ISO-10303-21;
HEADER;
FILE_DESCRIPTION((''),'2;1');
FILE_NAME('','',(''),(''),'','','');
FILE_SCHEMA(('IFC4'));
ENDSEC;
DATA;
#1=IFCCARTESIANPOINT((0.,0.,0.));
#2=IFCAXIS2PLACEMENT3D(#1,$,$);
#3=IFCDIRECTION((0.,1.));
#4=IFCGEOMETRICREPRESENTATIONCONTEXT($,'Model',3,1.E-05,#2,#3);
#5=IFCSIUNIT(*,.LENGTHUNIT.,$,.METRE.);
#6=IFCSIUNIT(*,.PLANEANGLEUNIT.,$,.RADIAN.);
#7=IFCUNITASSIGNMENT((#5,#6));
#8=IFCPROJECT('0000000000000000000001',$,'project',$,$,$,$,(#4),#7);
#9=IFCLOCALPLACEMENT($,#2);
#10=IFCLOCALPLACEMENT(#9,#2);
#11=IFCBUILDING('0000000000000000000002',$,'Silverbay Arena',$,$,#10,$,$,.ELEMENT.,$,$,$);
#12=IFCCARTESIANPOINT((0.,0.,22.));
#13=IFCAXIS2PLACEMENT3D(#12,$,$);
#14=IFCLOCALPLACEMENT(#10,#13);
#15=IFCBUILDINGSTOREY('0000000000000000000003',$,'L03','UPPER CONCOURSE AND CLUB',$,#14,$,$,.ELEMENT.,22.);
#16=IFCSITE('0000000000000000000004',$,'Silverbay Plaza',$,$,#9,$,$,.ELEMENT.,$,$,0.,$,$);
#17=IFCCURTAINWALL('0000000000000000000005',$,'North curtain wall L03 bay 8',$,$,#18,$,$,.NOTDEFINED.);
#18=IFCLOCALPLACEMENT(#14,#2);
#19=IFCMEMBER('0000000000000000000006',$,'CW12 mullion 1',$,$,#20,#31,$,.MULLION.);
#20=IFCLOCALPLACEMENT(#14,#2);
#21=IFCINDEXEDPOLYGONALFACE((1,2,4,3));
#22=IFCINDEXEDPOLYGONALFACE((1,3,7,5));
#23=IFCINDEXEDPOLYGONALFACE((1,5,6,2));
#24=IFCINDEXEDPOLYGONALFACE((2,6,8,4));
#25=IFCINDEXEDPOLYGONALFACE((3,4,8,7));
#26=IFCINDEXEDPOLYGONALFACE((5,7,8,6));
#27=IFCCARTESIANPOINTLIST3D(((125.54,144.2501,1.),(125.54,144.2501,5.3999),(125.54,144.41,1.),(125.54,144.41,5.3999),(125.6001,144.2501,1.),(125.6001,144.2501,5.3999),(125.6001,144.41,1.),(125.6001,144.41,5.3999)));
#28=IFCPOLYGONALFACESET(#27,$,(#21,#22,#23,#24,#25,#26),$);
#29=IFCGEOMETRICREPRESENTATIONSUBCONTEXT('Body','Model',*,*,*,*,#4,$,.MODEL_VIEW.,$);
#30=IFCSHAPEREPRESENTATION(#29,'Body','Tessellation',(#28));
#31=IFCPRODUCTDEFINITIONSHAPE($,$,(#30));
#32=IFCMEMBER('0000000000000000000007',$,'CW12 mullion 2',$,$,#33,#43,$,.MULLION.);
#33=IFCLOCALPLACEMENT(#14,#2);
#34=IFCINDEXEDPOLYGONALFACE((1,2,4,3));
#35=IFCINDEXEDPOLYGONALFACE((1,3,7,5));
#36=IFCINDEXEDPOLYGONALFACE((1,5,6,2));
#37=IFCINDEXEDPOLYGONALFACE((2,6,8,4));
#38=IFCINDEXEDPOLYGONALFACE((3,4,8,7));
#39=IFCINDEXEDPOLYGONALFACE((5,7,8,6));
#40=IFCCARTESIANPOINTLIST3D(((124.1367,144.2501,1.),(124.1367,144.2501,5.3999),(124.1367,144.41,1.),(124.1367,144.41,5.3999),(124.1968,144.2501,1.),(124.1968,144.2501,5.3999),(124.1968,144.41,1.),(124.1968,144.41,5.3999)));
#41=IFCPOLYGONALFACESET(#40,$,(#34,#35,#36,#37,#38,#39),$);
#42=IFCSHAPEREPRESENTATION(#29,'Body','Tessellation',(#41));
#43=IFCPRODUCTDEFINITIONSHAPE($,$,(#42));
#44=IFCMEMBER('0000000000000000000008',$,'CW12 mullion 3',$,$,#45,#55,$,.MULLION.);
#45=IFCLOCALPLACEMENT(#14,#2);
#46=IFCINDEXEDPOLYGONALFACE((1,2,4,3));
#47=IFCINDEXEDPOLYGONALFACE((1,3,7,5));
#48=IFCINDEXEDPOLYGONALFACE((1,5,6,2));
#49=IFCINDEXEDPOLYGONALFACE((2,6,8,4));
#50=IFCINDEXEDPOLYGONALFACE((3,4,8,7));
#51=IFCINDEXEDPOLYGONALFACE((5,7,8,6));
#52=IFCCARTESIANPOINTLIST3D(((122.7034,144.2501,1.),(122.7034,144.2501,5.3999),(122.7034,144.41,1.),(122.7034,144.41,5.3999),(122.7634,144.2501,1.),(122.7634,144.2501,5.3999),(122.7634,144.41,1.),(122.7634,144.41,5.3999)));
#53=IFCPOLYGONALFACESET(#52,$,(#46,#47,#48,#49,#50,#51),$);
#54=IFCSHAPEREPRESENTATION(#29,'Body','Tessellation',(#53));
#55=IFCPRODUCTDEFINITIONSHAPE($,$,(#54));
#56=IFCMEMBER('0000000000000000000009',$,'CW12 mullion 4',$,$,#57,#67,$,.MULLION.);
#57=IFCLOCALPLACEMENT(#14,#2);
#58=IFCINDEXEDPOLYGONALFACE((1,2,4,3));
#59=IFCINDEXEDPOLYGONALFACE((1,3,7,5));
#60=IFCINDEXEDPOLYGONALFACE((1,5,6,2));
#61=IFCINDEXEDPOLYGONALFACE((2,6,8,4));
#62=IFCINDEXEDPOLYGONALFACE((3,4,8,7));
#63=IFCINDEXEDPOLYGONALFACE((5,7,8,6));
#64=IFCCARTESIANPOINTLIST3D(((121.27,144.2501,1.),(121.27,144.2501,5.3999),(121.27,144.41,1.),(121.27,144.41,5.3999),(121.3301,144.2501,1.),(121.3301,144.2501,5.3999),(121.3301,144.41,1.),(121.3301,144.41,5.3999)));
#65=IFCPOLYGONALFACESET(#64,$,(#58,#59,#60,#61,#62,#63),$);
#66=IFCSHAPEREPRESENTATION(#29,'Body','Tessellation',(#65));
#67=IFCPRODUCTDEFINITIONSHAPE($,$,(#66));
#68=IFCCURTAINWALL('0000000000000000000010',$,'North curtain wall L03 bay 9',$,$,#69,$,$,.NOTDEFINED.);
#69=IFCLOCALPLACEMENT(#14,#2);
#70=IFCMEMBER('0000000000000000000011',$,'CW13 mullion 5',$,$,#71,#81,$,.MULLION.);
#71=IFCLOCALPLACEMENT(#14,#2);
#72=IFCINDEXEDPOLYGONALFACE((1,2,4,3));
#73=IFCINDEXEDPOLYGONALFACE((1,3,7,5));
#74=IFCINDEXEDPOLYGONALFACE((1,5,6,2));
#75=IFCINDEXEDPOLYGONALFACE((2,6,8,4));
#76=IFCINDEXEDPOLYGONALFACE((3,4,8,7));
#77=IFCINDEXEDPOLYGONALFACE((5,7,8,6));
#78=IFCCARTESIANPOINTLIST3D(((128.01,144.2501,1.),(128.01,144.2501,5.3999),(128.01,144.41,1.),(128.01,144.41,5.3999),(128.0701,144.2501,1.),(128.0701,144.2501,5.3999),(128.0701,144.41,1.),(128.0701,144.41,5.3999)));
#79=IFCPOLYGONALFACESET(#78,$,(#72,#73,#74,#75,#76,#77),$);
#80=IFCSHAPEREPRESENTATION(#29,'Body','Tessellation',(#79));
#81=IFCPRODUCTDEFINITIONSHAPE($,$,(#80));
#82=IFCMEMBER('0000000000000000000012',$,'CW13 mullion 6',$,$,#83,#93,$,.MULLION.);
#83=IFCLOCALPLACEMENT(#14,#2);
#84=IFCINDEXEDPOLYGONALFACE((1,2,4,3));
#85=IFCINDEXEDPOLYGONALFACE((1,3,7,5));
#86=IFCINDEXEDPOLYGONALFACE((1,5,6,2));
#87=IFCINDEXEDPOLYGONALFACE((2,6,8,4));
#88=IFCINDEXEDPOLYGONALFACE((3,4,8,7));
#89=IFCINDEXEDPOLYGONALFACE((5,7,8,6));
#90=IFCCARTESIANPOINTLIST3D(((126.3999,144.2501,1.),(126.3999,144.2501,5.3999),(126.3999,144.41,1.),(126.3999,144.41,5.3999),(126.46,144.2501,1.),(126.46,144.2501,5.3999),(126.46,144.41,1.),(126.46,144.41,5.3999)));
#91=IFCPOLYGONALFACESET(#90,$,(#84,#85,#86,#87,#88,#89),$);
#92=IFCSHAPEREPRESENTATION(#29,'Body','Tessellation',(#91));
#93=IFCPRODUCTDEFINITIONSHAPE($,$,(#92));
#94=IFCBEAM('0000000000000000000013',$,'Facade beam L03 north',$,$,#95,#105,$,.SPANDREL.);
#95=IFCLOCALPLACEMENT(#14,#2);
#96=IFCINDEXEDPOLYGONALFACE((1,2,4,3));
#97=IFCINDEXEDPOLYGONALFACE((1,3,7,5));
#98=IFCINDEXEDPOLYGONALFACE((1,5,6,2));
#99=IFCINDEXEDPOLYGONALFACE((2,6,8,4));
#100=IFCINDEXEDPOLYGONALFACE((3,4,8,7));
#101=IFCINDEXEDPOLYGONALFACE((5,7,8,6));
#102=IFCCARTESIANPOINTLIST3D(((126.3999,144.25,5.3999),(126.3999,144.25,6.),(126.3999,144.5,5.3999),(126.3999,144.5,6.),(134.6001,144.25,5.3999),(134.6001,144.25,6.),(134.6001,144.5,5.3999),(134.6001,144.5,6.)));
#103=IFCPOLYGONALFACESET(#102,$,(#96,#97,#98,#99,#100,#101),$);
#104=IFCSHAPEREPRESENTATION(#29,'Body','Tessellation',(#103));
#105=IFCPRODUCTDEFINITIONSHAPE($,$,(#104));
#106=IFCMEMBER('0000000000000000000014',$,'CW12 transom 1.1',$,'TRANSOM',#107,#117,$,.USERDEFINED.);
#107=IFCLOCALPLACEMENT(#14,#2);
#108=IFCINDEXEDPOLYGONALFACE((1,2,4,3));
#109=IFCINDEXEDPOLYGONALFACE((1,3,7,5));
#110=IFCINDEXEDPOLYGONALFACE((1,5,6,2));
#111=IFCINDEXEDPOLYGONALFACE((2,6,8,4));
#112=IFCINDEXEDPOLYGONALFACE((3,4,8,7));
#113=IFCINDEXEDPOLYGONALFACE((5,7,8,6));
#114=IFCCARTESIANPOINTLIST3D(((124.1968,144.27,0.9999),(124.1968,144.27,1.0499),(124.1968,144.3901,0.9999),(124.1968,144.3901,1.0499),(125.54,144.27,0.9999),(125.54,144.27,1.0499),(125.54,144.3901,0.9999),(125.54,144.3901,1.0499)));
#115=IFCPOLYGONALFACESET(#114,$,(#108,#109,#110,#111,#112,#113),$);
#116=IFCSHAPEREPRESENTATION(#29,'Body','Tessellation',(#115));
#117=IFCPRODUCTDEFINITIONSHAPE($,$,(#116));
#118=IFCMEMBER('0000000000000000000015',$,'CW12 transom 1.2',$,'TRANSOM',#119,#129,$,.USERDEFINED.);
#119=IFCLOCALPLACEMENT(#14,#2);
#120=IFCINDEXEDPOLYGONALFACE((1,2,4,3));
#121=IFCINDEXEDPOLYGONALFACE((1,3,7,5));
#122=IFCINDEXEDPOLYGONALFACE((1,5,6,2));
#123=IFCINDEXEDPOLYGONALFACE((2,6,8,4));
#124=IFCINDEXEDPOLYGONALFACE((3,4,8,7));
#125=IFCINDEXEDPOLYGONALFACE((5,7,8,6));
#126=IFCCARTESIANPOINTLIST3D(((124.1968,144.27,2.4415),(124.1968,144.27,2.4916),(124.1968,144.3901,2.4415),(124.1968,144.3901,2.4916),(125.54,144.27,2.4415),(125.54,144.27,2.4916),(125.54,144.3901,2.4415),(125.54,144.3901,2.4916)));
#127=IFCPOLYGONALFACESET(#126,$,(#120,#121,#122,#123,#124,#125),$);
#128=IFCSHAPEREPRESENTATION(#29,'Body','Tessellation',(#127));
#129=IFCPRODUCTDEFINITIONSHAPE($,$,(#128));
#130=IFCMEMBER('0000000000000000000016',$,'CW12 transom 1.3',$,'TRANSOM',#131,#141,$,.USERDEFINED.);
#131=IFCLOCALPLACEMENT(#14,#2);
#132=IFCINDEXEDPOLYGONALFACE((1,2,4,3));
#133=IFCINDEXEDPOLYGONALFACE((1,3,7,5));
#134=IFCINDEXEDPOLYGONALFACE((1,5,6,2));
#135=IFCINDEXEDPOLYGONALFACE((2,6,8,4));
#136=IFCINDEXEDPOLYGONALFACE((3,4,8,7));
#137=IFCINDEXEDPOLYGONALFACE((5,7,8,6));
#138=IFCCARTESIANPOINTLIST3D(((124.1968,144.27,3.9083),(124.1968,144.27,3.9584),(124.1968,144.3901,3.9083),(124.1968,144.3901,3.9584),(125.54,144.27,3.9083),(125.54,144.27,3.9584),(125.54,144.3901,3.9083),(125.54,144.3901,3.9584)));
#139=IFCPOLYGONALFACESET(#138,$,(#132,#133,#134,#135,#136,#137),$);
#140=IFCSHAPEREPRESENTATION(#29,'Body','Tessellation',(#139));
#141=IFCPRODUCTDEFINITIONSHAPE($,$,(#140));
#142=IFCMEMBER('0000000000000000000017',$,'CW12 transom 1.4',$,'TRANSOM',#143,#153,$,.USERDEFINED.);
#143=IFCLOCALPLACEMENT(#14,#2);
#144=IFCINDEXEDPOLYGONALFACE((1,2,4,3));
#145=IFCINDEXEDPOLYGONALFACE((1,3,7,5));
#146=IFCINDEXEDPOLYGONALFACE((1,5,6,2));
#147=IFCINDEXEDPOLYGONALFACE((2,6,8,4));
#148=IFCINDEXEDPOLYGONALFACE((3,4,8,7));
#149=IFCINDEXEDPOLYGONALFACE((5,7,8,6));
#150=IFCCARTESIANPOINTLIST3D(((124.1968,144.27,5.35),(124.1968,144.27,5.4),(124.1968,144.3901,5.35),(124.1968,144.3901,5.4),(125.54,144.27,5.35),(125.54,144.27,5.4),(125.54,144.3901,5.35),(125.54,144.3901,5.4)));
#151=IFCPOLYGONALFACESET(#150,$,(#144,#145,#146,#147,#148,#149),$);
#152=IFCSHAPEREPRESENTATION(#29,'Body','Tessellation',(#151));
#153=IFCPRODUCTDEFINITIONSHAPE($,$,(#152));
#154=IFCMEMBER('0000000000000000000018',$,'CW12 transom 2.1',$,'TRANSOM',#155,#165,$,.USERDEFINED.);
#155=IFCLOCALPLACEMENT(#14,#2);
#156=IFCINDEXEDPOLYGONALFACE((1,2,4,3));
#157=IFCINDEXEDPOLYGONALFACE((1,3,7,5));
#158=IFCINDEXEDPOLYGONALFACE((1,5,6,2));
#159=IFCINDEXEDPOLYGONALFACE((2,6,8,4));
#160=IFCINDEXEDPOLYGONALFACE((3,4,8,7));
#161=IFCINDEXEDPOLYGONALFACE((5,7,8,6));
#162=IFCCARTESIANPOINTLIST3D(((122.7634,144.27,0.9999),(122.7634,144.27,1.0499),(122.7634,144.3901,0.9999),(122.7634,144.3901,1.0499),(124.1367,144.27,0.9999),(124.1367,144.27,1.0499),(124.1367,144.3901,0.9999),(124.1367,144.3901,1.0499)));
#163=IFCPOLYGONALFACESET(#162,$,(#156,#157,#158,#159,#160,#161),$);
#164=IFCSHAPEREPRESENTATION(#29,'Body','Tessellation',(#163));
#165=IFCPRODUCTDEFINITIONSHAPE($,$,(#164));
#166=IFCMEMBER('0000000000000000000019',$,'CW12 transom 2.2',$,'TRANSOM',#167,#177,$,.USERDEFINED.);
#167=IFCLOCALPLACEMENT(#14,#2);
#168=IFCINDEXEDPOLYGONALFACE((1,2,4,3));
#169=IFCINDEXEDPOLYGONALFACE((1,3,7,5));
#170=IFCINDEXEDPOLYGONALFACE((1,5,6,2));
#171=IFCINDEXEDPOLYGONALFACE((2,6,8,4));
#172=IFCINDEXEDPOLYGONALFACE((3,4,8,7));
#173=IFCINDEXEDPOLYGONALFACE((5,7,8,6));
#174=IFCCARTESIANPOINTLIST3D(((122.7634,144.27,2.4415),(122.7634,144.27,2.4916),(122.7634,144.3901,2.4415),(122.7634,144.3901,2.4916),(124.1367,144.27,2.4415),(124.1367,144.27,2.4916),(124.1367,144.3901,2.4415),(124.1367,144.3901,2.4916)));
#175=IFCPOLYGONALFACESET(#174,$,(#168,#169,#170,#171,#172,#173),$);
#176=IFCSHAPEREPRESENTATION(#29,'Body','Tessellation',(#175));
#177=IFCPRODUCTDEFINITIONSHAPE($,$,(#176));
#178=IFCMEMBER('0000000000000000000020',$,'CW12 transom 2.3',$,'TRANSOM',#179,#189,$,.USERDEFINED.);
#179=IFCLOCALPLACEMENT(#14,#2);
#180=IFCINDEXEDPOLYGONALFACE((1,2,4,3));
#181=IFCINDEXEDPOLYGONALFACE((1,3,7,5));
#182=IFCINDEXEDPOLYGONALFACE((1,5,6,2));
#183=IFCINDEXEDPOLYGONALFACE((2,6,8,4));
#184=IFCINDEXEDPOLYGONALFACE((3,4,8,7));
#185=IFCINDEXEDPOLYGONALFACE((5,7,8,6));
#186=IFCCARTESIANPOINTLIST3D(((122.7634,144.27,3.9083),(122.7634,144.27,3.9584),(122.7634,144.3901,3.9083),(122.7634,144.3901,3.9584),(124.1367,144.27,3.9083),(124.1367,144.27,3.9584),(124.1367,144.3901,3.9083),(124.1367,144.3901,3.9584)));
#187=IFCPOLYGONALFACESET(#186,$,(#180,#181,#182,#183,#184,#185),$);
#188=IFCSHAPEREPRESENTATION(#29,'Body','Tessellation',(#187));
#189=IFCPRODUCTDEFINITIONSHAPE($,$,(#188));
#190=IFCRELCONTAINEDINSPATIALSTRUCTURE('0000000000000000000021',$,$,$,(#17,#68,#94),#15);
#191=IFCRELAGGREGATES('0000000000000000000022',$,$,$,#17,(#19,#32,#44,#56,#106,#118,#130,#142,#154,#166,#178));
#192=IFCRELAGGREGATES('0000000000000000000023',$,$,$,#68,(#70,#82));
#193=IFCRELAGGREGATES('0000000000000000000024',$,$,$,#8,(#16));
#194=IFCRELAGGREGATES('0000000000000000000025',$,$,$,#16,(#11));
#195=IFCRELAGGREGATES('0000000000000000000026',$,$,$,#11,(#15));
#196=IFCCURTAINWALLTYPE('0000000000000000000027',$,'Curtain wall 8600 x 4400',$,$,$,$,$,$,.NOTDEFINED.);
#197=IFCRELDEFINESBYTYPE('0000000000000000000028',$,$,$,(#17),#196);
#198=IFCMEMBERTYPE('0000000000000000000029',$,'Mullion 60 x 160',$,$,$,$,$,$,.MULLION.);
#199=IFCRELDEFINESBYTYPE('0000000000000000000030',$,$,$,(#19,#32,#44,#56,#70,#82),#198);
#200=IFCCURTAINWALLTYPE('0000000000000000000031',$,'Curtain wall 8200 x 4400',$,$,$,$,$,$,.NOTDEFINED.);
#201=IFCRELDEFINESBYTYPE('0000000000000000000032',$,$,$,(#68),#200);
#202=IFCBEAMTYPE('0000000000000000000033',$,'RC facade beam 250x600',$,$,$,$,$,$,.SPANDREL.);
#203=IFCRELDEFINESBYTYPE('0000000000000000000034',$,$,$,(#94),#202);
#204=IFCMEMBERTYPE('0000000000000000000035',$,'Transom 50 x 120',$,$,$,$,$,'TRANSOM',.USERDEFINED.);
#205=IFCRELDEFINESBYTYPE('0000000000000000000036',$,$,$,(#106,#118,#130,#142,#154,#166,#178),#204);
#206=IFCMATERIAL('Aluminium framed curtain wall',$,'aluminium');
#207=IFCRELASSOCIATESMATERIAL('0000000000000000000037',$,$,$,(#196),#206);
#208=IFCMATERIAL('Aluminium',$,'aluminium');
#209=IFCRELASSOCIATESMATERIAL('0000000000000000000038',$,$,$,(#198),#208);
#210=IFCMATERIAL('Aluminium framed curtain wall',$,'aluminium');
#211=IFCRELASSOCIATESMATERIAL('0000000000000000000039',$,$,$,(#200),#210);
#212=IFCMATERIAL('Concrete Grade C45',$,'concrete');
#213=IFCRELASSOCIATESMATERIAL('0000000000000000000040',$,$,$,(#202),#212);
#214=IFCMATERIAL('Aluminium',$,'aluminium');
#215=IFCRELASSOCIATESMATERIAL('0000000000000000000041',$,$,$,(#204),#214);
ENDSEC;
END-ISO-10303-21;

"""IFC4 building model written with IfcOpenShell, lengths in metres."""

from ifc_helpers import new_model, si_unit, direction, frame, origin, origin_2d, place, context, subcontext, project, spatial, rectangle, extrude, material, material_profile, profile_set, type_object, element, aggregate, save


model = new_model("IFC4")

# Units and contexts
model_context = context("Model", 3, precision=1e-05, world=origin(), true_north=direction((0.0, 1.0)))
body_context = subcontext(model_context, "Body", "Model", "MODEL_VIEW")
ifc_project = project(units=[si_unit("LENGTHUNIT", "METRE"), si_unit("PLANEANGLEUNIT", "RADIAN")], contexts=[model_context])

# Site, building, storey
site_placement = place(None, origin())
site = spatial("IfcSite", under=ifc_project, at=site_placement, Name="Silverbay Plaza", CompositionType="ELEMENT", RefElevation=0.0)
building_placement = place(site_placement, origin())
building = spatial("IfcBuilding", under=site, at=building_placement, Name="Silverbay Arena", CompositionType="ELEMENT")
storey_placement = place(building_placement, frame((0.0, 0.0, 22.0)))
storey = spatial("IfcBuildingStorey", under=building, at=storey_placement, Name="L03", Description="UPPER CONCOURSE AND CLUB", CompositionType="ELEMENT", Elevation=22.0)

# Curtain walls, members
ifc_material_1 = material(Name="Aluminium framed curtain wall", Category="aluminium")
curtain_wall_type_1 = type_object("IfcCurtainWallType", Name="Curtain wall 8600 x 4400", PredefinedType="NOTDEFINED", material=ifc_material_1)
curtain_wall_1_placement = place(storey_placement, origin())
curtain_wall_1 = element("IfcCurtainWall", 1, at=curtain_wall_1_placement, inside=storey, type_object=curtain_wall_type_1, Name="North curtain wall L03 bay 8", PredefinedType="NOTDEFINED")
ifc_material_2 = material(Name="Aluminium", Category="aluminium")
ifc_material_profile_1 = material_profile(ifc_material_2, rectangle(XDim=0.1599, YDim=0.0601, at=origin_2d()), Name="Mullion 60 x 160")
ifc_profile_set_1 = profile_set([ifc_material_profile_1], Name="Aluminium")
member_type_1 = type_object("IfcMemberType", Name="Mullion 60 x 160", PredefinedType="MULLION", material=ifc_profile_set_1)
member_1_placement = place(storey_placement, frame((125.5701, 144.3301, 1.0), z_axis=(0.0, 0.0, 1.0), x_axis=(0.0, -1.0, 0.0)))
member_1 = element("IfcMember", 2, at=member_1_placement, type_object=member_type_1, Name="CW12 mullion 1", PredefinedType="MULLION", context=body_context, shape_type="SweptSolid", body=[
    extrude(rectangle(XDim=0.1599, YDim=0.0601, at=origin_2d()), origin(), (0.0, 0.0, 1.0), 4.3999),
])
member_2_placement = place(storey_placement, frame((124.1667, 144.3301, 1.0), z_axis=(0.0, 0.0, 1.0), x_axis=(0.0, -1.0, 0.0)))
member_2 = element("IfcMember", 3, at=member_2_placement, type_object=member_type_1, Name="CW12 mullion 2", PredefinedType="MULLION", context=body_context, shape_type="SweptSolid", body=[
    extrude(rectangle(XDim=0.1599, YDim=0.0601, at=origin_2d()), origin(), (0.0, 0.0, 1.0), 4.3999),
])
member_3_placement = place(storey_placement, frame((122.7334, 144.3301, 1.0), z_axis=(0.0, 0.0, 1.0), x_axis=(0.0, -1.0, 0.0)))
member_3 = element("IfcMember", 4, at=member_3_placement, type_object=member_type_1, Name="CW12 mullion 3", PredefinedType="MULLION", context=body_context, shape_type="SweptSolid", body=[
    extrude(rectangle(XDim=0.1599, YDim=0.0601, at=origin_2d()), origin(), (0.0, 0.0, 1.0), 4.3999),
])
member_4_placement = place(storey_placement, frame((121.3, 144.3301, 1.0), z_axis=(0.0, 0.0, 1.0), x_axis=(0.0, -1.0, 0.0)))
member_4 = element("IfcMember", 5, at=member_4_placement, type_object=member_type_1, Name="CW12 mullion 4", PredefinedType="MULLION", context=body_context, shape_type="SweptSolid", body=[
    extrude(rectangle(XDim=0.1599, YDim=0.0601, at=origin_2d()), origin(), (0.0, 0.0, 1.0), 4.3999),
])
ifc_material_3 = material(Name="Aluminium framed curtain wall", Category="aluminium")
curtain_wall_type_2 = type_object("IfcCurtainWallType", Name="Curtain wall 8200 x 4400", PredefinedType="NOTDEFINED", material=ifc_material_3)
curtain_wall_2_placement = place(storey_placement, origin())
curtain_wall_2 = element("IfcCurtainWall", 6, at=curtain_wall_2_placement, inside=storey, type_object=curtain_wall_type_2, Name="North curtain wall L03 bay 9", PredefinedType="NOTDEFINED")
member_5_placement = place(storey_placement, frame((128.04, 144.3301, 1.0), z_axis=(0.0, 0.0, 1.0), x_axis=(0.0, -1.0, 0.0)))
member_5 = element("IfcMember", 7, at=member_5_placement, type_object=member_type_1, Name="CW13 mullion 5", PredefinedType="MULLION", context=body_context, shape_type="SweptSolid", body=[
    extrude(rectangle(XDim=0.1599, YDim=0.0601, at=origin_2d()), origin(), (0.0, 0.0, 1.0), 4.3999),
])
member_6_placement = place(storey_placement, frame((126.4299, 144.3301, 1.0), z_axis=(0.0, 0.0, 1.0), x_axis=(0.0, -1.0, 0.0)))
member_6 = element("IfcMember", 8, at=member_6_placement, type_object=member_type_1, Name="CW13 mullion 6", PredefinedType="MULLION", context=body_context, shape_type="SweptSolid", body=[
    extrude(rectangle(XDim=0.1599, YDim=0.0601, at=origin_2d()), origin(), (0.0, 0.0, 1.0), 4.3999),
])

# Beam
ifc_material_4 = material(Name="Concrete Grade C45", Category="concrete")
ifc_material_profile_2 = material_profile(ifc_material_4, rectangle(XDim=0.25, YDim=0.6001, at=origin_2d()), Name="RC 250x600")
ifc_profile_set_2 = profile_set([ifc_material_profile_2], Name="Concrete Grade C45")
beam_type = type_object("IfcBeamType", Name="RC facade beam 250x600", PredefinedType="SPANDREL", material=ifc_profile_set_2)
beam_placement = place(storey_placement, frame((126.3999, 144.375, 5.7), z_axis=(1.0, 0.0, 0.0), x_axis=(0.0, 1.0, 0.0)))
element("IfcBeam", 9, at=beam_placement, inside=storey, type_object=beam_type, Name="Facade beam L03 north", PredefinedType="SPANDREL", context=body_context, shape_type="SweptSolid", body=[
    extrude(rectangle(XDim=0.25, YDim=0.6001, at=origin_2d()), origin(), (0.0, 0.0, 1.0), 8.2002),
])

# Members
ifc_material_5 = material(Name="Aluminium", Category="aluminium")
ifc_material_profile_3 = material_profile(ifc_material_5, rectangle(XDim=0.1201, YDim=0.05, at=origin_2d()), Name="Transom 50 x 120")
ifc_profile_set_3 = profile_set([ifc_material_profile_3], Name="Aluminium")
member_type_2 = type_object("IfcMemberType", Name="Transom 50 x 120", ElementType="TRANSOM", PredefinedType="USERDEFINED", material=ifc_profile_set_3)
member_7_placement = place(storey_placement, frame((125.54, 144.3301, 1.0249), z_axis=(-1.0, 0.0, 0.0), x_axis=(0.0, -1.0, 0.0)))
member_7 = element("IfcMember", 10, at=member_7_placement, type_object=member_type_2, Name="CW12 transom 1.1", ObjectType="TRANSOM", PredefinedType="USERDEFINED", context=body_context, shape_type="SweptSolid", body=[
    extrude(rectangle(XDim=0.1201, YDim=0.05, at=origin_2d()), origin(), (0.0, 0.0, 1.0), 1.3433),
])
member_8_placement = place(storey_placement, frame((125.54, 144.3301, 2.4666), z_axis=(-1.0, 0.0, 0.0), x_axis=(0.0, -1.0, 0.0)))
member_8 = element("IfcMember", 11, at=member_8_placement, type_object=member_type_2, Name="CW12 transom 1.2", ObjectType="TRANSOM", PredefinedType="USERDEFINED", context=body_context, shape_type="SweptSolid", body=[
    extrude(rectangle(XDim=0.1201, YDim=0.05, at=origin_2d()), origin(), (0.0, 0.0, 1.0), 1.3433),
])
member_9_placement = place(storey_placement, frame((125.54, 144.3301, 3.9333), z_axis=(-1.0, 0.0, 0.0), x_axis=(0.0, -1.0, 0.0)))
member_9 = element("IfcMember", 12, at=member_9_placement, type_object=member_type_2, Name="CW12 transom 1.3", ObjectType="TRANSOM", PredefinedType="USERDEFINED", context=body_context, shape_type="SweptSolid", body=[
    extrude(rectangle(XDim=0.1201, YDim=0.05, at=origin_2d()), origin(), (0.0, 0.0, 1.0), 1.3433),
])
member_10_placement = place(storey_placement, frame((125.54, 144.3301, 5.375), z_axis=(-1.0, 0.0, 0.0), x_axis=(0.0, -1.0, 0.0)))
member_10 = element("IfcMember", 13, at=member_10_placement, type_object=member_type_2, Name="CW12 transom 1.4", ObjectType="TRANSOM", PredefinedType="USERDEFINED", context=body_context, shape_type="SweptSolid", body=[
    extrude(rectangle(XDim=0.1201, YDim=0.05, at=origin_2d()), origin(), (0.0, 0.0, 1.0), 1.3433),
])
member_11_placement = place(storey_placement, frame((124.1367, 144.3301, 1.0249), z_axis=(-1.0, 0.0, 0.0), x_axis=(0.0, -1.0, 0.0)))
member_11 = element("IfcMember", 14, at=member_11_placement, type_object=member_type_2, Name="CW12 transom 2.1", ObjectType="TRANSOM", PredefinedType="USERDEFINED", context=body_context, shape_type="SweptSolid", body=[
    extrude(rectangle(XDim=0.1201, YDim=0.05, at=origin_2d()), origin(), (0.0, 0.0, 1.0), 1.3733),
])
member_12_placement = place(storey_placement, frame((124.1367, 144.3301, 2.4666), z_axis=(-1.0, 0.0, 0.0), x_axis=(0.0, -1.0, 0.0)))
member_12 = element("IfcMember", 15, at=member_12_placement, type_object=member_type_2, Name="CW12 transom 2.2", ObjectType="TRANSOM", PredefinedType="USERDEFINED", context=body_context, shape_type="SweptSolid", body=[
    extrude(rectangle(XDim=0.1201, YDim=0.05, at=origin_2d()), origin(), (0.0, 0.0, 1.0), 1.3733),
])
member_13_placement = place(storey_placement, frame((124.1367, 144.3301, 3.9333), z_axis=(-1.0, 0.0, 0.0), x_axis=(0.0, -1.0, 0.0)))
member_13 = element("IfcMember", 16, at=member_13_placement, type_object=member_type_2, Name="CW12 transom 2.3", ObjectType="TRANSOM", PredefinedType="USERDEFINED", context=body_context, shape_type="SweptSolid", body=[
    extrude(rectangle(XDim=0.1201, YDim=0.05, at=origin_2d()), origin(), (0.0, 0.0, 1.0), 1.3733),
])

aggregate(curtain_wall_1, [member_1, member_2, member_3, member_4, member_7, member_8, member_9, member_10, member_11, member_12, member_13])
aggregate(curtain_wall_2, [member_5, member_6])

save(model, "model.ifc")
